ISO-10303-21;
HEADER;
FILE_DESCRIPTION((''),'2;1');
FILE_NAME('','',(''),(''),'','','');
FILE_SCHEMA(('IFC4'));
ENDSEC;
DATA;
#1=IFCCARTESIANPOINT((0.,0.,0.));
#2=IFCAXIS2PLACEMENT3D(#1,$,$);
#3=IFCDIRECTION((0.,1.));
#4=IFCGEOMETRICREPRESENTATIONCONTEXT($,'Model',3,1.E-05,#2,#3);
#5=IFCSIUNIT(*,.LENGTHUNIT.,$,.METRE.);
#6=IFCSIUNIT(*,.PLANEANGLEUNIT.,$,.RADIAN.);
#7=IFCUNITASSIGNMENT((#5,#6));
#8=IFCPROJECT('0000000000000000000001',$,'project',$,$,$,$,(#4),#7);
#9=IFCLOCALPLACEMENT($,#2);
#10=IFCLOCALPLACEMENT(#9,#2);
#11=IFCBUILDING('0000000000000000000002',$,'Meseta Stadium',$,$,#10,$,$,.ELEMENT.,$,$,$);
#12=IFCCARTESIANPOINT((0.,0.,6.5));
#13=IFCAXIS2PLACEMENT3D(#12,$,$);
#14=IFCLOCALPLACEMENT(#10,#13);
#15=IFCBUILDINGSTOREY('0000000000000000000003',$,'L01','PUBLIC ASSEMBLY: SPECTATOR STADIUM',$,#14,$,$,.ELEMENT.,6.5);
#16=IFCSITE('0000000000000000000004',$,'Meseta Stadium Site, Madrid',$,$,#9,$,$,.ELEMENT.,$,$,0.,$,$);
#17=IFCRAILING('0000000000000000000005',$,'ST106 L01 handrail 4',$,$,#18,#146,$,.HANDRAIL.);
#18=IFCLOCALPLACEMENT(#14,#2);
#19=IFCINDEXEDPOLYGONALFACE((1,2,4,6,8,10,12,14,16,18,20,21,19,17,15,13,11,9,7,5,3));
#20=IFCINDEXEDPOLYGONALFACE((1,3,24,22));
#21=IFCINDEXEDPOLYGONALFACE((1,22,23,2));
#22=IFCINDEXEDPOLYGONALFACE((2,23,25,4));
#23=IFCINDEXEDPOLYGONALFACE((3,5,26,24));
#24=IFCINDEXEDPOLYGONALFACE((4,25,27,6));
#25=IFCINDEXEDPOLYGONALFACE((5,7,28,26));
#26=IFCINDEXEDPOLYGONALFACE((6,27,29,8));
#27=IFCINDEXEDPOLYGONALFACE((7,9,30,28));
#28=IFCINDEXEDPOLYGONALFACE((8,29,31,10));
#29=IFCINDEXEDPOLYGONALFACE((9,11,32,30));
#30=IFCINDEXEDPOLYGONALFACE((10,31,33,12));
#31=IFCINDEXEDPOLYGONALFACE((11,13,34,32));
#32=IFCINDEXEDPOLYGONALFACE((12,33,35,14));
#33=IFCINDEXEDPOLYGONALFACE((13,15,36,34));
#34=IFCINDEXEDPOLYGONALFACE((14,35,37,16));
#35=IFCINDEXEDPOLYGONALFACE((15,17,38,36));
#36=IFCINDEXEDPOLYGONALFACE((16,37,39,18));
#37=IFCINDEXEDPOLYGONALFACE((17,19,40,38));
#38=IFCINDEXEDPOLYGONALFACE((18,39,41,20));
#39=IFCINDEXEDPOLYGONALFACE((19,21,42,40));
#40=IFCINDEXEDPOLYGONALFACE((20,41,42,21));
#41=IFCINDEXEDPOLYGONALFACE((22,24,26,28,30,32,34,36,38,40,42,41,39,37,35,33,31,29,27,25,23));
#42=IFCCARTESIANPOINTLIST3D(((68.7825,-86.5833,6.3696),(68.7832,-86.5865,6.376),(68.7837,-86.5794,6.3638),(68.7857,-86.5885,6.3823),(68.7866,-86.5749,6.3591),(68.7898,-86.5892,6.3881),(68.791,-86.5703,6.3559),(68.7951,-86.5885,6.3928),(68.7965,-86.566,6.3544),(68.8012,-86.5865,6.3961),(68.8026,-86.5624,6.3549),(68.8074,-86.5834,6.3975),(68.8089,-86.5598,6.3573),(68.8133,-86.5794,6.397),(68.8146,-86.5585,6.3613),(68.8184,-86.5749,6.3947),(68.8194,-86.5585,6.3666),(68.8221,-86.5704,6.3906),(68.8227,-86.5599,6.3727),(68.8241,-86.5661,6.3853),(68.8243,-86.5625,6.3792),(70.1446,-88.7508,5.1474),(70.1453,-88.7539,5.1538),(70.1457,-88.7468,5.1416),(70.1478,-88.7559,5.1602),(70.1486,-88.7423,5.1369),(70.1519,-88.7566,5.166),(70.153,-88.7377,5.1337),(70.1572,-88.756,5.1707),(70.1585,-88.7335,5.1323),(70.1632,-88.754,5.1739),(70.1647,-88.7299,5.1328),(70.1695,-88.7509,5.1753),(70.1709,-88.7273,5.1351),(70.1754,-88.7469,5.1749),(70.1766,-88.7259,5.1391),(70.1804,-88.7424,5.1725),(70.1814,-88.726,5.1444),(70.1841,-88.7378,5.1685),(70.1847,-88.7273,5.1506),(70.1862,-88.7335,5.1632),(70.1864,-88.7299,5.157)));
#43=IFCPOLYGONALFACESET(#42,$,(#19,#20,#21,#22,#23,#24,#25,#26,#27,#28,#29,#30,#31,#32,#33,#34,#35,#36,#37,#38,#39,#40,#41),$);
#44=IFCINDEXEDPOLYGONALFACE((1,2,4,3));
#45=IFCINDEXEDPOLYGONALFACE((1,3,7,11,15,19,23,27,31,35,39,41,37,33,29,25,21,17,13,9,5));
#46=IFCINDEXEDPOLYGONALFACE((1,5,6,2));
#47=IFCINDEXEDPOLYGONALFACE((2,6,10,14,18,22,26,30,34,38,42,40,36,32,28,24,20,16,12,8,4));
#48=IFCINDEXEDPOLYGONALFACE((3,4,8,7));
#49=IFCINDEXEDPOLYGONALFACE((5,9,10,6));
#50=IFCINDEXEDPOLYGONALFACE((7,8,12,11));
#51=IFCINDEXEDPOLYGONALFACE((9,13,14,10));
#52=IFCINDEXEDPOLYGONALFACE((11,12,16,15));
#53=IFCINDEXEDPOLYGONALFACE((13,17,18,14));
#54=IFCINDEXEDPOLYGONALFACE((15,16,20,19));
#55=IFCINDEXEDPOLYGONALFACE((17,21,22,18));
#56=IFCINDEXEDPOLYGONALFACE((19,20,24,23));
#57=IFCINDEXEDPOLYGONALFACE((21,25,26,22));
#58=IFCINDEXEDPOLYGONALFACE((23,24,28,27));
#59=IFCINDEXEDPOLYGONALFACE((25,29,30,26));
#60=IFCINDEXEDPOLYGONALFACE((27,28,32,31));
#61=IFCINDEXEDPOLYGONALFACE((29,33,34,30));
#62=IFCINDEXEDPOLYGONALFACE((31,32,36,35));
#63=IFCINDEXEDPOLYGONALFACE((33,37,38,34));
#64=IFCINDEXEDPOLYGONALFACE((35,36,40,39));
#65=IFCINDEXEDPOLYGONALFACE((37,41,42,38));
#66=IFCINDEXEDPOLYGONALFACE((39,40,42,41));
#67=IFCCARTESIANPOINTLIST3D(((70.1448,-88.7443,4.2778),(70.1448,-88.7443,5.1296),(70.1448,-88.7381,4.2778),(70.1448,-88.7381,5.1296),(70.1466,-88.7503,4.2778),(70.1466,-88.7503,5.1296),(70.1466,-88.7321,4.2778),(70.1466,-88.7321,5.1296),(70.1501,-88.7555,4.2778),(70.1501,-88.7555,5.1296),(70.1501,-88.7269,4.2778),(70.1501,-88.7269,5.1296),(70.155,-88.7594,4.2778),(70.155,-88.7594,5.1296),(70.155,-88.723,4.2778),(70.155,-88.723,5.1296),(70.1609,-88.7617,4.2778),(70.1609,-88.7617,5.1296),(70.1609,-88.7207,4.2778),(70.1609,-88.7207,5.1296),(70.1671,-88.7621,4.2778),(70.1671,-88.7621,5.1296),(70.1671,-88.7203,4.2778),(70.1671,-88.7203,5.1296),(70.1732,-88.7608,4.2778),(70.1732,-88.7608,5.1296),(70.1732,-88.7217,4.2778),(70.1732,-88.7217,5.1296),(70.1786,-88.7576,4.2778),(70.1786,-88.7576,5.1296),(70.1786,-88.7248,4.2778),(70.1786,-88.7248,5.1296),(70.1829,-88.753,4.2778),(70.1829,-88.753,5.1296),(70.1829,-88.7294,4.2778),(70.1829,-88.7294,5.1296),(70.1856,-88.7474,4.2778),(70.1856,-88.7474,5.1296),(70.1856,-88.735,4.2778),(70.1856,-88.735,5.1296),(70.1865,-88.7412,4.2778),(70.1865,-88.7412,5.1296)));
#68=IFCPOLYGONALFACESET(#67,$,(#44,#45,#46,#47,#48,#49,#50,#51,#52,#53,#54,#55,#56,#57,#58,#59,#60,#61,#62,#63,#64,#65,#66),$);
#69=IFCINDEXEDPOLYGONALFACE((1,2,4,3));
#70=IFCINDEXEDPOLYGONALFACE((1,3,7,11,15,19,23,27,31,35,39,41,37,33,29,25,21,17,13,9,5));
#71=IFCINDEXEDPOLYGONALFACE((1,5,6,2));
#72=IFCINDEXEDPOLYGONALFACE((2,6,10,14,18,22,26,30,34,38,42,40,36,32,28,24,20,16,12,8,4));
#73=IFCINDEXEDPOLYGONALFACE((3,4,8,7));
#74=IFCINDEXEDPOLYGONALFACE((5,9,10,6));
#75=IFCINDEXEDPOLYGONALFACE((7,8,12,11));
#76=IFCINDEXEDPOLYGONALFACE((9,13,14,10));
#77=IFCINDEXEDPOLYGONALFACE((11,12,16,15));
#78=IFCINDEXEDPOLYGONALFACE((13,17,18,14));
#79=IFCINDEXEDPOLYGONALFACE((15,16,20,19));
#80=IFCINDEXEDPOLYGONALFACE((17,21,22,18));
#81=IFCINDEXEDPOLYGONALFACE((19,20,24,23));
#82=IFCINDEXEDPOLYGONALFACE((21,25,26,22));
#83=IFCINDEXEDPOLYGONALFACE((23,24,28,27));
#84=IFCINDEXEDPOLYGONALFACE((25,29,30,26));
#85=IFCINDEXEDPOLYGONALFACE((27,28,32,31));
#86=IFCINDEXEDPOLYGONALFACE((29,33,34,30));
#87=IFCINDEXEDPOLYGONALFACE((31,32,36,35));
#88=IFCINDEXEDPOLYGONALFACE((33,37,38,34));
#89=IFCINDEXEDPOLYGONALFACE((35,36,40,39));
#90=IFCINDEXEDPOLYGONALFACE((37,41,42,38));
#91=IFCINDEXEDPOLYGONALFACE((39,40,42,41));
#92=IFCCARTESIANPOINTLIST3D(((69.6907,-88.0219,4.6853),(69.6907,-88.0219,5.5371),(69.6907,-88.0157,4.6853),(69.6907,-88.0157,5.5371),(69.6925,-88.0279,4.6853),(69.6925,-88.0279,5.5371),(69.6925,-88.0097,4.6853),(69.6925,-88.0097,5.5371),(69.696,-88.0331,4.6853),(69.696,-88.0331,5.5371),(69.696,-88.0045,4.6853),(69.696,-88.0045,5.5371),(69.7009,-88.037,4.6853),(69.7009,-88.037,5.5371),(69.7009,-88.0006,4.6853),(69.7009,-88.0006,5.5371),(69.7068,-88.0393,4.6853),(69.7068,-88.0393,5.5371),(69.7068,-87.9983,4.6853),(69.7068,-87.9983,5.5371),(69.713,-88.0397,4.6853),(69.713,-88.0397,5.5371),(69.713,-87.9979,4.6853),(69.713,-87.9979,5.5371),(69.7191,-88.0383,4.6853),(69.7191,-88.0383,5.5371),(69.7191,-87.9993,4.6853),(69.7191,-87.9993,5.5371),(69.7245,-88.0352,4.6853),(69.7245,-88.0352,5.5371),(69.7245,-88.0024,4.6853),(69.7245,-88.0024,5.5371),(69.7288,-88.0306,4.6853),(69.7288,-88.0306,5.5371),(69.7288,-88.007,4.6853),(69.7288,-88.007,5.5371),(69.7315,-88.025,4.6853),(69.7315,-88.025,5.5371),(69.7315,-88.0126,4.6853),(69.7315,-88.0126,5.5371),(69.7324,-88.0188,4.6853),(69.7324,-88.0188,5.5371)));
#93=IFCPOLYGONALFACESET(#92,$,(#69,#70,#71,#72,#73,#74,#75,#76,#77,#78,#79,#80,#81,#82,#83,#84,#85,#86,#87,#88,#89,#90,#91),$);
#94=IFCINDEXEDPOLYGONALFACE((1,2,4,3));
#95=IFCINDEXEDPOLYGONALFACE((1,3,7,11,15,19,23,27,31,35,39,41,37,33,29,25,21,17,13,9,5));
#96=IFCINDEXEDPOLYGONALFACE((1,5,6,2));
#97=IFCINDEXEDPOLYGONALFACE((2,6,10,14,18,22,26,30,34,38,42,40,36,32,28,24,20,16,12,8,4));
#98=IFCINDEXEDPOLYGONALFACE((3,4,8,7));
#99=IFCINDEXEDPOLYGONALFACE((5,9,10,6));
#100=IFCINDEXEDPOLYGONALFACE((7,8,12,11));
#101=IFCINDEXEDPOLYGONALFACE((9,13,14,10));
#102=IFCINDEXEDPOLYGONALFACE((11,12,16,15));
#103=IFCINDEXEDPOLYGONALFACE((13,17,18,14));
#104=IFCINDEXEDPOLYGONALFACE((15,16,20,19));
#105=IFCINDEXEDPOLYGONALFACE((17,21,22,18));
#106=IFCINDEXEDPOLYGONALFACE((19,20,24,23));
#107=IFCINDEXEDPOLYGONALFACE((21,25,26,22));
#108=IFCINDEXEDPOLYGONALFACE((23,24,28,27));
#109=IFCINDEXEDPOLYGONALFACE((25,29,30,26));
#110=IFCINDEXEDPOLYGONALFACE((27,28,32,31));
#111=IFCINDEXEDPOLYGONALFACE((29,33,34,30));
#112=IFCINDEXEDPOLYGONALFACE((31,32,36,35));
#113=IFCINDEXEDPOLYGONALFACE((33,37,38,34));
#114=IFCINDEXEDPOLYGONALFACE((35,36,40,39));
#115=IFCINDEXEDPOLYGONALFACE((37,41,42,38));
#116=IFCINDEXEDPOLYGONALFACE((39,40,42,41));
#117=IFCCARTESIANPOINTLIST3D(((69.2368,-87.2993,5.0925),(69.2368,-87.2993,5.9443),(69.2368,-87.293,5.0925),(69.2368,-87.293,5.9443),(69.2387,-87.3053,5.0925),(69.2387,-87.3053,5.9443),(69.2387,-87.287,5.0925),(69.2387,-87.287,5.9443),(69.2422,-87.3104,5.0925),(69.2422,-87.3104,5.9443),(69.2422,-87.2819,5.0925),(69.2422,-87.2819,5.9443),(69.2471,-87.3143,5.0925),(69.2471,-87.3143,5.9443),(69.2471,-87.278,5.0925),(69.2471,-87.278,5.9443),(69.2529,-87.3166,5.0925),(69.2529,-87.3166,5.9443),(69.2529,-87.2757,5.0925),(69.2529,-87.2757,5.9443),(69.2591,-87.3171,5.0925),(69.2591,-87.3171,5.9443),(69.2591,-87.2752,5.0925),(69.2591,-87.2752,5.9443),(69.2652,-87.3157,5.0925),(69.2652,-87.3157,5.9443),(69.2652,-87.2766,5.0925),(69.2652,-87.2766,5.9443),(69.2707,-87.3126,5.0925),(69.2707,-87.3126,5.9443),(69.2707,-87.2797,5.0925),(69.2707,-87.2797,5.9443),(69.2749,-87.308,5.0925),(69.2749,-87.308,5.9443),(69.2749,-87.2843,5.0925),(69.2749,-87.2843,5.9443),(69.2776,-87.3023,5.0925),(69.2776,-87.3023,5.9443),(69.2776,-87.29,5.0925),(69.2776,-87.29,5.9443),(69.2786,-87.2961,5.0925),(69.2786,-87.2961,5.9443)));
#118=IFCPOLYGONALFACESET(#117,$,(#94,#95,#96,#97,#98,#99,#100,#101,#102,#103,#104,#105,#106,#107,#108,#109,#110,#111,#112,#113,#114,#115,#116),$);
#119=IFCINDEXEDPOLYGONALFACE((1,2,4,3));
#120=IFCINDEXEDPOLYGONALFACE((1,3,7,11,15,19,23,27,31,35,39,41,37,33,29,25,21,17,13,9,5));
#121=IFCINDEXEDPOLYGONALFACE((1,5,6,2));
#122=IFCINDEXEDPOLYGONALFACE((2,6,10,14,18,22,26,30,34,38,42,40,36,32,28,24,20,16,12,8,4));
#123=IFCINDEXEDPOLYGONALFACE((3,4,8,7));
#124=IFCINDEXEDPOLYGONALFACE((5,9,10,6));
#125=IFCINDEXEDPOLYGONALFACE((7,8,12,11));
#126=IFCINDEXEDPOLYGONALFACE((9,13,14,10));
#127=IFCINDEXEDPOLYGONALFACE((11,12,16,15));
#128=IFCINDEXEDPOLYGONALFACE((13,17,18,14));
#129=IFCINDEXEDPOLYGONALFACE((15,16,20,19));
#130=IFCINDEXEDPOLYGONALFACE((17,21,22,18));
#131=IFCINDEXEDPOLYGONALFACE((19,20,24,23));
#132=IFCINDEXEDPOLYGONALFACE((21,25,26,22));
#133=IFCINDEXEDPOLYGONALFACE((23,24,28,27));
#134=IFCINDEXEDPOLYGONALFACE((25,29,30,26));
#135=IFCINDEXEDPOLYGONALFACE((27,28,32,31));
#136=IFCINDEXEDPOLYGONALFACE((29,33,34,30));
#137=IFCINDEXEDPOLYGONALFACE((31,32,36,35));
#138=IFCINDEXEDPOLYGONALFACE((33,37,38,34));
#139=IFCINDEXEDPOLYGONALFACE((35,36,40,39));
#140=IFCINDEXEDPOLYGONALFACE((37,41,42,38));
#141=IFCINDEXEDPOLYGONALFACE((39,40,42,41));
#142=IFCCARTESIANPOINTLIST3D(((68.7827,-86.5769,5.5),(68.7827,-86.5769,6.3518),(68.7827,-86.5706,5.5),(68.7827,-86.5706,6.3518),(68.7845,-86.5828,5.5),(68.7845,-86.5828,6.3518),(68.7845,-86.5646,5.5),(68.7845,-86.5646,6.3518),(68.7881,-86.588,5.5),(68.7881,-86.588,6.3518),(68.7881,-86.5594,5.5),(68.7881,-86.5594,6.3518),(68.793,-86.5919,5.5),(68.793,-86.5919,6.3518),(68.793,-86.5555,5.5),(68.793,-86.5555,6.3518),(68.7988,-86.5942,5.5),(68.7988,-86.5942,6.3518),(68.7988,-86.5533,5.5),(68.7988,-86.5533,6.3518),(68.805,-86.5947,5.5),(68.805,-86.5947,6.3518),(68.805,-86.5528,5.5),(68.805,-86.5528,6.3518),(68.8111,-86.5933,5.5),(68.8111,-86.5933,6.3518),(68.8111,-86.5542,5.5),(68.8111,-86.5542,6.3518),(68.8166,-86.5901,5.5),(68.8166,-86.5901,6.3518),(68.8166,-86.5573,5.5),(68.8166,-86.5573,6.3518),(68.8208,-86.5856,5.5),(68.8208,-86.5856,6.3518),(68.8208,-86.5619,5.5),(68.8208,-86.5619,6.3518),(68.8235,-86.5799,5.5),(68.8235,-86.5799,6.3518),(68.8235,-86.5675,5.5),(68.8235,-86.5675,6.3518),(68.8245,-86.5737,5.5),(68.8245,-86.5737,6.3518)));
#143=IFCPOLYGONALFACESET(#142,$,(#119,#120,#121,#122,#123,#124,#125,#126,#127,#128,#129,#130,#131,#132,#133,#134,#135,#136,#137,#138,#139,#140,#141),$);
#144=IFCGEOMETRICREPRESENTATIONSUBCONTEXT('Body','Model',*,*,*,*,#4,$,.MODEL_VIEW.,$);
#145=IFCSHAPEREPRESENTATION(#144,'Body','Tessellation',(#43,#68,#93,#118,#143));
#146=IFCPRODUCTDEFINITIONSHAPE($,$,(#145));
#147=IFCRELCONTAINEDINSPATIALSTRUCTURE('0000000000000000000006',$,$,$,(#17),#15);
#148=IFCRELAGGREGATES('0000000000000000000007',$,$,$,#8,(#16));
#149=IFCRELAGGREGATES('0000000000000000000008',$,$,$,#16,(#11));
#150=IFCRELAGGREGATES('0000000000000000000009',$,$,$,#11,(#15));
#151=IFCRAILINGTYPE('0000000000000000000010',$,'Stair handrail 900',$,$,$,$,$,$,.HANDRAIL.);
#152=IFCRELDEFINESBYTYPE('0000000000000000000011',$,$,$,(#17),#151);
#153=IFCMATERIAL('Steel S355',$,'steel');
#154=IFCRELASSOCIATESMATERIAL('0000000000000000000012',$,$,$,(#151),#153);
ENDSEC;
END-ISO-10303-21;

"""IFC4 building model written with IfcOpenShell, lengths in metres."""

from ifc_helpers import new_model, si_unit, direction, frame, origin, origin_2d, place, context, subcontext, project, spatial, circle, extrude, material, type_object, element, save


model = new_model("IFC4")

# Units and contexts
model_context = context("Model", 3, precision=1e-05, world=origin(), true_north=direction((0.0, 1.0)))
body_context = subcontext(model_context, "Body", "Model", "MODEL_VIEW")
ifc_project = project(units=[si_unit("LENGTHUNIT", "METRE"), si_unit("PLANEANGLEUNIT", "RADIAN")], contexts=[model_context])

# Site, building, storey
site_placement = place(None, origin())
site = spatial("IfcSite", under=ifc_project, at=site_placement, Name="Meseta Stadium Site, Madrid", CompositionType="ELEMENT", RefElevation=0.0)
building_placement = place(site_placement, origin())
building = spatial("IfcBuilding", under=site, at=building_placement, Name="Meseta Stadium", CompositionType="ELEMENT")
storey_placement = place(building_placement, frame((0.0, 0.0, 6.5)))
storey = spatial("IfcBuildingStorey", under=building, at=storey_placement, Name="L01", Description="PUBLIC ASSEMBLY: SPECTATOR STADIUM", CompositionType="ELEMENT", Elevation=6.5)

# Railing
ifc_material_1 = material(Name="Steel S355", Category="steel")
railing_type_1 = type_object("IfcRailingType", Name="Stair handrail 900", PredefinedType="HANDRAIL", material=ifc_material_1)
for number, where, name in (
    (1, (70.1655, -88.7412, 4.2778), "ST106 L01 handrail 4"),
):
    element("IfcRailing", number, at=place(storey_placement, frame(where)), inside=storey, type_object=railing_type_1, Name=name, PredefinedType="HANDRAIL", context=body_context, shape_type="SweptSolid", body=[
        extrude(circle(Radius=0.0239, at=origin_2d()), frame((0.0, 0.0, 0.876), z_axis=(-0.480156, 0.764085, 0.430841), x_axis=(-0.846699, -0.532072, 0.0)), (0.0, 0.0, 1.0), 2.8367),
        extrude(circle(Radius=0.021, at=origin_2d()), origin(), (0.0, 0.0, 1.0), 0.8518),
        extrude(circle(Radius=0.021, at=origin_2d()), frame((-0.4541, 0.7224, 0.4075)), (0.0, 0.0, 1.0), 0.8518),
        extrude(circle(Radius=0.021, at=origin_2d()), frame((-0.908, 1.4451, 0.8147)), (0.0, 0.0, 1.0), 0.8518),
        extrude(circle(Radius=0.021, at=origin_2d()), frame((-1.3621, 2.1675, 1.2222)), (0.0, 0.0, 1.0), 0.8518),
    ])

save(model, "model.ifc")
